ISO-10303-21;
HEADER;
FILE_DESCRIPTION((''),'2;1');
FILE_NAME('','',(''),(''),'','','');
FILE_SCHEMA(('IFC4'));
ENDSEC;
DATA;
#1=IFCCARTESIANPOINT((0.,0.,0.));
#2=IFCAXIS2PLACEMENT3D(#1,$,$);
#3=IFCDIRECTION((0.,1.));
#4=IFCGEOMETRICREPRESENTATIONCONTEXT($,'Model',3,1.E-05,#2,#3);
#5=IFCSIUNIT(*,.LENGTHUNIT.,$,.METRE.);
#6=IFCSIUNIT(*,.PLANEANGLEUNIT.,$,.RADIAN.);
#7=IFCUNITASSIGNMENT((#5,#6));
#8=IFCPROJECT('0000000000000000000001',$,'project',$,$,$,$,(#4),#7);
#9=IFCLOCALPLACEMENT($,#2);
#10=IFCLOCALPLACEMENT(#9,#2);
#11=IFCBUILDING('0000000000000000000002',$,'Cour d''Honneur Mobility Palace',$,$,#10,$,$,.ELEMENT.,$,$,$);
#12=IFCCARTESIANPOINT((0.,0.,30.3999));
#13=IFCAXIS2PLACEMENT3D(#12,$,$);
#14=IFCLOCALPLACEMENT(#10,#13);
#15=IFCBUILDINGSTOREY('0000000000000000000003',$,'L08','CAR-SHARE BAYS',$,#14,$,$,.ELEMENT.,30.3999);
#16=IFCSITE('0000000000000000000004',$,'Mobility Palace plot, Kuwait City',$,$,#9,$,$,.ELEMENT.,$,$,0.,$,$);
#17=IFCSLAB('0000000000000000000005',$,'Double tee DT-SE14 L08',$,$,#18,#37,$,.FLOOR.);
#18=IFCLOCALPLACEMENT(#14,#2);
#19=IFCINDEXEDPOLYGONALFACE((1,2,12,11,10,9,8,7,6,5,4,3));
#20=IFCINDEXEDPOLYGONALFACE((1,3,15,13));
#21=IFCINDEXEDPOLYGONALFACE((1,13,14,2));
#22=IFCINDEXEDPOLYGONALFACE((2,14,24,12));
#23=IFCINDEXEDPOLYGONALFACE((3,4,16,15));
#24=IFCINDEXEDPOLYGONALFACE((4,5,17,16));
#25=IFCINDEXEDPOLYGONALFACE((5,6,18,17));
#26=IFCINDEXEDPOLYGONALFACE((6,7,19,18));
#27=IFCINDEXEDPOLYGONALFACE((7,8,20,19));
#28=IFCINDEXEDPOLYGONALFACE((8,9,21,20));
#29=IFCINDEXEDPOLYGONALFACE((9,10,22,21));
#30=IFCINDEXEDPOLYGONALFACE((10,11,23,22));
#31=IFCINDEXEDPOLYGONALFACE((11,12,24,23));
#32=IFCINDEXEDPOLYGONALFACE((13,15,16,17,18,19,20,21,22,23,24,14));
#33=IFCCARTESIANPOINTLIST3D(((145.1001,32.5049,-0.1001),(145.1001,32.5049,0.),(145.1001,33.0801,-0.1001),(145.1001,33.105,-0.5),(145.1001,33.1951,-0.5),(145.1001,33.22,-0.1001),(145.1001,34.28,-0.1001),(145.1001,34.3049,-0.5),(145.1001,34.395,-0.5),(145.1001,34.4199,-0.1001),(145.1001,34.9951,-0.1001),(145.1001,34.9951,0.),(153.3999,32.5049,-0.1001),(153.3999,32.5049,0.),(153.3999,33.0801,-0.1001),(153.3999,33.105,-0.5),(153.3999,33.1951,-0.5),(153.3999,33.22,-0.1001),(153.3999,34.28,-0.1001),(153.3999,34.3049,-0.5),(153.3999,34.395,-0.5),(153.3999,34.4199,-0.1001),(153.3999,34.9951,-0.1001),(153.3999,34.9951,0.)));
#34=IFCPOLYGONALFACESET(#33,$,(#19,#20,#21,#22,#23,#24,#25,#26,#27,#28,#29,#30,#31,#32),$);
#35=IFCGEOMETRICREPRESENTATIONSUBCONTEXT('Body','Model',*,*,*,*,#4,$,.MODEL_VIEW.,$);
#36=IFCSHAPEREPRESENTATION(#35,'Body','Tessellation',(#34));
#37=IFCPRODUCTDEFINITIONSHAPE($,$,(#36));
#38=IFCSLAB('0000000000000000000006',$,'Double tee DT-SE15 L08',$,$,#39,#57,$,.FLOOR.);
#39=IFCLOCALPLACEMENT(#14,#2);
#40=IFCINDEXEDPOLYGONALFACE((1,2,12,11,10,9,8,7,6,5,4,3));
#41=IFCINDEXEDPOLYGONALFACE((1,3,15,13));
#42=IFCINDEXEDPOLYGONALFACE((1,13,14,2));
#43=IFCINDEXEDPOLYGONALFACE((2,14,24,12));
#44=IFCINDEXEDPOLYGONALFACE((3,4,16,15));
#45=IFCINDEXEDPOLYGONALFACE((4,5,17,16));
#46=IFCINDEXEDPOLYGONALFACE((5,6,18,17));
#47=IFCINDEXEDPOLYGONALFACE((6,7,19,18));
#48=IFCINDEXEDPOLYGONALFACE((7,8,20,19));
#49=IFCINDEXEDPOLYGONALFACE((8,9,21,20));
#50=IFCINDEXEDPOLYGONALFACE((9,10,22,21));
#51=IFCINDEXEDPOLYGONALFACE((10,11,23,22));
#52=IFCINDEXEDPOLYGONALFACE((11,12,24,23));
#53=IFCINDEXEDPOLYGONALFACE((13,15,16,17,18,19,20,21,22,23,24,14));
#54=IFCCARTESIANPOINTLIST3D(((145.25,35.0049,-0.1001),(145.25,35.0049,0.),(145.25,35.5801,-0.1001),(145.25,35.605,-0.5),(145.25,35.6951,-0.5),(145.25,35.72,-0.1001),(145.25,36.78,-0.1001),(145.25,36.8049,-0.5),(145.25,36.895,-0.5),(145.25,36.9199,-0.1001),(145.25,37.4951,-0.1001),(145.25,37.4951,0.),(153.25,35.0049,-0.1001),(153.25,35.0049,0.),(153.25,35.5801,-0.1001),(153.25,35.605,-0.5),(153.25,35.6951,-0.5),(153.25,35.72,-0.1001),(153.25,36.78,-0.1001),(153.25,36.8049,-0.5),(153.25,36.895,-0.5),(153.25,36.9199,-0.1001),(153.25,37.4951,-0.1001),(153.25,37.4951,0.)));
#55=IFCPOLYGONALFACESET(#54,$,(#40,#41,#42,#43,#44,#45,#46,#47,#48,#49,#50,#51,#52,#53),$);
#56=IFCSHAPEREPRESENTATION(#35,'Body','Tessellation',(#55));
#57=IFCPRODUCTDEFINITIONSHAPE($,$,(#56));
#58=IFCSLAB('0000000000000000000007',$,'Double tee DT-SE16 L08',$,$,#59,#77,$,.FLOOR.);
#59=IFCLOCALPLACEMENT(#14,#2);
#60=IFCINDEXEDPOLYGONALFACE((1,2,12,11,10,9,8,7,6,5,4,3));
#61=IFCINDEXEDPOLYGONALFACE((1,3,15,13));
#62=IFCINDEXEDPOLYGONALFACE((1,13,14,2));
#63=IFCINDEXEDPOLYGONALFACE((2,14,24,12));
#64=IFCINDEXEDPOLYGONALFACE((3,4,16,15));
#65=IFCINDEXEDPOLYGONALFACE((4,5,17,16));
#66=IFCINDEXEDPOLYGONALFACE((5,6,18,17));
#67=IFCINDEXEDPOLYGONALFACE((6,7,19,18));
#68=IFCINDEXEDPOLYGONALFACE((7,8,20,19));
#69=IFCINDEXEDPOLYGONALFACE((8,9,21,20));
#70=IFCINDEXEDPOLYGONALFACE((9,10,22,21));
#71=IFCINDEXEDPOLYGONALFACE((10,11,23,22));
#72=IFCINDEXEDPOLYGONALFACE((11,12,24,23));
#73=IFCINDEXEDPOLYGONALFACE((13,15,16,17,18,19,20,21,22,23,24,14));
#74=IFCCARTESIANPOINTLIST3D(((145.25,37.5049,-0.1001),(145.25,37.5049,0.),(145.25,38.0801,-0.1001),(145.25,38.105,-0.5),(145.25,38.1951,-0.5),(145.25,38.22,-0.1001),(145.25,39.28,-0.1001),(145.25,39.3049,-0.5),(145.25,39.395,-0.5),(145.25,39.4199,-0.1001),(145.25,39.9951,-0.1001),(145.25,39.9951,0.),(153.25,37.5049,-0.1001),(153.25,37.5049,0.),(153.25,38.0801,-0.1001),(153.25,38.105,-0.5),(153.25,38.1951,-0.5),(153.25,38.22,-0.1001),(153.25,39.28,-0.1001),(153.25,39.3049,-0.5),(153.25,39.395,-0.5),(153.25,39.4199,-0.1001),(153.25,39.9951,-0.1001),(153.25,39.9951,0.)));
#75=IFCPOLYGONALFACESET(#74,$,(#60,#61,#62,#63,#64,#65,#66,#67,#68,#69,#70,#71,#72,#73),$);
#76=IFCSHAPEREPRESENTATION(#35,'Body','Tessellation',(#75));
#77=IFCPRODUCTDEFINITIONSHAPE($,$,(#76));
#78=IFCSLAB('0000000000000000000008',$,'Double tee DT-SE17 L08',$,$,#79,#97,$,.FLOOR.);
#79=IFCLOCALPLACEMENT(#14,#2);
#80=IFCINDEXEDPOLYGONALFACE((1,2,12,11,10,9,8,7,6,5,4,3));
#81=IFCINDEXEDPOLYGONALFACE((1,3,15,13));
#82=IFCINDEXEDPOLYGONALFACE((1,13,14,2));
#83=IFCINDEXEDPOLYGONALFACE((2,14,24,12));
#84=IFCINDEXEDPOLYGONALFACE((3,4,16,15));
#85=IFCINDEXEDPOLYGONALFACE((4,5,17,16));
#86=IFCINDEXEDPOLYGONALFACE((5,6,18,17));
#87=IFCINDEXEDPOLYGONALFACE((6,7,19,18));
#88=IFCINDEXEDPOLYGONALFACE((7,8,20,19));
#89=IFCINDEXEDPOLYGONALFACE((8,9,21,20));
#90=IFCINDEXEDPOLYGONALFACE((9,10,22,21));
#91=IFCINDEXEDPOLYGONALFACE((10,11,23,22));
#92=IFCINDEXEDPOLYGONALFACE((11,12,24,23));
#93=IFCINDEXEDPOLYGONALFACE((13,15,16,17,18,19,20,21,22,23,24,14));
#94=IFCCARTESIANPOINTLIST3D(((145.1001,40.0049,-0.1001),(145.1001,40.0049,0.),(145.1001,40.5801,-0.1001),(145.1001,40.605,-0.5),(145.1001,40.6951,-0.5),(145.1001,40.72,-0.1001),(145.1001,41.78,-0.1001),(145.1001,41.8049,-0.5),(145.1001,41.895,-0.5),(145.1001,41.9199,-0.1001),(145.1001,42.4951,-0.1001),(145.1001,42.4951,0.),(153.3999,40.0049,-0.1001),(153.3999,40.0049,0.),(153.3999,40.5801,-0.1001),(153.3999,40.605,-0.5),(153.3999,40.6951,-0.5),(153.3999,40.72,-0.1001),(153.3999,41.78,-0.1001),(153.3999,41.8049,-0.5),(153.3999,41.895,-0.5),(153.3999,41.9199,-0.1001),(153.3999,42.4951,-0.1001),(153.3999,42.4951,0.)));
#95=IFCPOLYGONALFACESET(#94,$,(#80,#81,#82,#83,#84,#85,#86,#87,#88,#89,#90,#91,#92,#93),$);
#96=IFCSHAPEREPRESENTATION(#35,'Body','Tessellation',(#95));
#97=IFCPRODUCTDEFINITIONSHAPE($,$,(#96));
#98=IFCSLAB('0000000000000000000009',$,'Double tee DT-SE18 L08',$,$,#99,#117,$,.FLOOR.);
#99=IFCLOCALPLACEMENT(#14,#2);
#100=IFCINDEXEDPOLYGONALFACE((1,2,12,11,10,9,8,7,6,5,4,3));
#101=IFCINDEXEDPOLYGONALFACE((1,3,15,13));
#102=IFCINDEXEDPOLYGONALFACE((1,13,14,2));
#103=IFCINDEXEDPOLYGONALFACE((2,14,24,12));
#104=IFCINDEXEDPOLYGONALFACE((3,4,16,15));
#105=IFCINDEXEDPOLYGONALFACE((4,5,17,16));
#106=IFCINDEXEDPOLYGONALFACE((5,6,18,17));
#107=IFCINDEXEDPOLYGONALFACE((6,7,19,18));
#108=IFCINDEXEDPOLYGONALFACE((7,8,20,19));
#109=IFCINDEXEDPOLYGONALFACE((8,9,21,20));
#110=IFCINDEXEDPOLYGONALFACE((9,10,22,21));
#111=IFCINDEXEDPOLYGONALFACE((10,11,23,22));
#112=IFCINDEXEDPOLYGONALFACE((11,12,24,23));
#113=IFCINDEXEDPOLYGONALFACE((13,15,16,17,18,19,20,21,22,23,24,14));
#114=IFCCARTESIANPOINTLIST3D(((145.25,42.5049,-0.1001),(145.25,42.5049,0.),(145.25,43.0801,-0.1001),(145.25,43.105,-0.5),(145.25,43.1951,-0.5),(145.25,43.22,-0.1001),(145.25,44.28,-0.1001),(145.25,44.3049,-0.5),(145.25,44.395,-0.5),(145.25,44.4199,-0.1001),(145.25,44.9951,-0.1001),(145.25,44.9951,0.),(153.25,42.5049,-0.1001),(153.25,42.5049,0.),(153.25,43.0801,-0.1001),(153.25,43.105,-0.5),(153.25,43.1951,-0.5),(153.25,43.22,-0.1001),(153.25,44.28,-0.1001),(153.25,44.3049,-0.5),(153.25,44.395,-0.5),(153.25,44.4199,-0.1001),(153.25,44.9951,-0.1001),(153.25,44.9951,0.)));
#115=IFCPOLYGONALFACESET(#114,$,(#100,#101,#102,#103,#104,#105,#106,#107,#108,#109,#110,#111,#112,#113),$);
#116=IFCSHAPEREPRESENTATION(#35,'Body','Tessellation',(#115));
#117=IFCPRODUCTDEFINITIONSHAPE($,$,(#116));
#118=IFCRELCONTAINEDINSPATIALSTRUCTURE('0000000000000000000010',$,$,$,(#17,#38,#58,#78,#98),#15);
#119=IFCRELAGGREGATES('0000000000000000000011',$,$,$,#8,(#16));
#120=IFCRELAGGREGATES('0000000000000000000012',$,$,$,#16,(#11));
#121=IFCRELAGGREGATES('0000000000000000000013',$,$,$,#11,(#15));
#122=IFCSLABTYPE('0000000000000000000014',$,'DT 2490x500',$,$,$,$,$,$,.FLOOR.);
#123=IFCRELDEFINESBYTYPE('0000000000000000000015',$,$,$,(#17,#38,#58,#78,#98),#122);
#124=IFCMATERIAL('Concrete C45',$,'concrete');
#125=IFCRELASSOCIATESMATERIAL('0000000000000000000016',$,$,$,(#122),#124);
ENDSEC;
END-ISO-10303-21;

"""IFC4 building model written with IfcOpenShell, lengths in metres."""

from ifc_helpers import new_model, si_unit, direction, frame, origin, place, context, subcontext, project, spatial, polyline, outline, extrude, material, material_profile, profile_set, type_object, element, save


model = new_model("IFC4")

# Units and contexts
model_context = context("Model", 3, precision=1e-05, world=origin(), true_north=direction((0.0, 1.0)))
body_context = subcontext(model_context, "Body", "Model", "MODEL_VIEW")
ifc_project = project(units=[si_unit("LENGTHUNIT", "METRE"), si_unit("PLANEANGLEUNIT", "RADIAN")], contexts=[model_context])

# Site, building, storey
site_placement = place(None, origin())
site = spatial("IfcSite", under=ifc_project, at=site_placement, Name="Mobility Palace plot, Kuwait City", CompositionType="ELEMENT", RefElevation=0.0)
building_placement = place(site_placement, origin())
building = spatial("IfcBuilding", under=site, at=building_placement, Name="Cour d'Honneur Mobility Palace", CompositionType="ELEMENT")
storey_placement = place(building_placement, frame((0.0, 0.0, 30.3999)))
storey = spatial("IfcBuildingStorey", under=building, at=storey_placement, Name="L08", Description="CAR-SHARE BAYS", CompositionType="ELEMENT", Elevation=30.3999)

# Slabs
ifc_material_1 = material(Name="Concrete C45", Category="concrete")
ifc_material_profile_1 = material_profile(ifc_material_1, outline(polyline([(-1.2451, 0.0), (1.2451, 0.0), (1.2451, -0.1001), (0.6699, -0.1001), (0.645, -0.5), (0.5549, -0.5), (0.53, -0.1001), (-0.53, -0.1001), (-0.5549, -0.5), (-0.645, -0.5), (-0.6699, -0.1001), (-1.2451, -0.1001), (-1.2451, 0.0)])), Name="DT 2490x500")
ifc_profile_set_1 = profile_set([ifc_material_profile_1], Name="Concrete C45")
slab_type = type_object("IfcSlabType", Name="DT 2490x500", PredefinedType="FLOOR", material=ifc_profile_set_1)
slab_1_placement = place(storey_placement, frame((145.1001, 33.75, 0.0), z_axis=(1.0, 0.0, 0.0), x_axis=(0.0, 1.0, 0.0)))
element("IfcSlab", 1, at=slab_1_placement, inside=storey, type_object=slab_type, Name="Double tee DT-SE14 L08", PredefinedType="FLOOR", context=body_context, shape_type="SweptSolid", body=[
    extrude(outline(polyline([(-1.2451, 0.0), (1.2451, 0.0), (1.2451, -0.1001), (0.6699, -0.1001), (0.645, -0.5), (0.5549, -0.5), (0.53, -0.1001), (-0.53, -0.1001), (-0.5549, -0.5), (-0.645, -0.5), (-0.6699, -0.1001), (-1.2451, -0.1001), (-1.2451, 0.0)])), origin(), (0.0, 0.0, 1.0), 8.2998),
])
for number, where, z_axis, x_axis, name in (
    (2, (145.25, 36.25, 0.0), (1.0, 0.0, 0.0), (0.0, 1.0, 0.0), "Double tee DT-SE15 L08"),
    (3, (145.25, 38.75, 0.0), (1.0, 0.0, 0.0), (0.0, 1.0, 0.0), "Double tee DT-SE16 L08"),
):
    element("IfcSlab", number, at=place(storey_placement, frame(where, z_axis=z_axis, x_axis=x_axis)), inside=storey, type_object=slab_type, Name=name, PredefinedType="FLOOR", context=body_context, shape_type="SweptSolid", body=[
        extrude(outline(polyline([(-1.2451, 0.0), (1.2451, 0.0), (1.2451, -0.1001), (0.6699, -0.1001), (0.645, -0.5), (0.5549, -0.5), (0.53, -0.1001), (-0.53, -0.1001), (-0.5549, -0.5), (-0.645, -0.5), (-0.6699, -0.1001), (-1.2451, -0.1001), (-1.2451, 0.0)])), origin(), (0.0, 0.0, 1.0), 8.0),
    ])
slab_2_placement = place(storey_placement, frame((145.1001, 41.25, 0.0), z_axis=(1.0, 0.0, 0.0), x_axis=(0.0, 1.0, 0.0)))
element("IfcSlab", 4, at=slab_2_placement, inside=storey, type_object=slab_type, Name="Double tee DT-SE17 L08", PredefinedType="FLOOR", context=body_context, shape_type="SweptSolid", body=[
    extrude(outline(polyline([(-1.2451, 0.0), (1.2451, 0.0), (1.2451, -0.1001), (0.6699, -0.1001), (0.645, -0.5), (0.5549, -0.5), (0.53, -0.1001), (-0.53, -0.1001), (-0.5549, -0.5), (-0.645, -0.5), (-0.6699, -0.1001), (-1.2451, -0.1001), (-1.2451, 0.0)])), origin(), (0.0, 0.0, 1.0), 8.2998),
])
slab_3_placement = place(storey_placement, frame((145.25, 43.75, 0.0), z_axis=(1.0, 0.0, 0.0), x_axis=(0.0, 1.0, 0.0)))
element("IfcSlab", 5, at=slab_3_placement, inside=storey, type_object=slab_type, Name="Double tee DT-SE18 L08", PredefinedType="FLOOR", context=body_context, shape_type="SweptSolid", body=[
    extrude(outline(polyline([(-1.2451, 0.0), (1.2451, 0.0), (1.2451, -0.1001), (0.6699, -0.1001), (0.645, -0.5), (0.5549, -0.5), (0.53, -0.1001), (-0.53, -0.1001), (-0.5549, -0.5), (-0.645, -0.5), (-0.6699, -0.1001), (-1.2451, -0.1001), (-1.2451, 0.0)])), origin(), (0.0, 0.0, 1.0), 8.0),
])

save(model, "model.ifc")
